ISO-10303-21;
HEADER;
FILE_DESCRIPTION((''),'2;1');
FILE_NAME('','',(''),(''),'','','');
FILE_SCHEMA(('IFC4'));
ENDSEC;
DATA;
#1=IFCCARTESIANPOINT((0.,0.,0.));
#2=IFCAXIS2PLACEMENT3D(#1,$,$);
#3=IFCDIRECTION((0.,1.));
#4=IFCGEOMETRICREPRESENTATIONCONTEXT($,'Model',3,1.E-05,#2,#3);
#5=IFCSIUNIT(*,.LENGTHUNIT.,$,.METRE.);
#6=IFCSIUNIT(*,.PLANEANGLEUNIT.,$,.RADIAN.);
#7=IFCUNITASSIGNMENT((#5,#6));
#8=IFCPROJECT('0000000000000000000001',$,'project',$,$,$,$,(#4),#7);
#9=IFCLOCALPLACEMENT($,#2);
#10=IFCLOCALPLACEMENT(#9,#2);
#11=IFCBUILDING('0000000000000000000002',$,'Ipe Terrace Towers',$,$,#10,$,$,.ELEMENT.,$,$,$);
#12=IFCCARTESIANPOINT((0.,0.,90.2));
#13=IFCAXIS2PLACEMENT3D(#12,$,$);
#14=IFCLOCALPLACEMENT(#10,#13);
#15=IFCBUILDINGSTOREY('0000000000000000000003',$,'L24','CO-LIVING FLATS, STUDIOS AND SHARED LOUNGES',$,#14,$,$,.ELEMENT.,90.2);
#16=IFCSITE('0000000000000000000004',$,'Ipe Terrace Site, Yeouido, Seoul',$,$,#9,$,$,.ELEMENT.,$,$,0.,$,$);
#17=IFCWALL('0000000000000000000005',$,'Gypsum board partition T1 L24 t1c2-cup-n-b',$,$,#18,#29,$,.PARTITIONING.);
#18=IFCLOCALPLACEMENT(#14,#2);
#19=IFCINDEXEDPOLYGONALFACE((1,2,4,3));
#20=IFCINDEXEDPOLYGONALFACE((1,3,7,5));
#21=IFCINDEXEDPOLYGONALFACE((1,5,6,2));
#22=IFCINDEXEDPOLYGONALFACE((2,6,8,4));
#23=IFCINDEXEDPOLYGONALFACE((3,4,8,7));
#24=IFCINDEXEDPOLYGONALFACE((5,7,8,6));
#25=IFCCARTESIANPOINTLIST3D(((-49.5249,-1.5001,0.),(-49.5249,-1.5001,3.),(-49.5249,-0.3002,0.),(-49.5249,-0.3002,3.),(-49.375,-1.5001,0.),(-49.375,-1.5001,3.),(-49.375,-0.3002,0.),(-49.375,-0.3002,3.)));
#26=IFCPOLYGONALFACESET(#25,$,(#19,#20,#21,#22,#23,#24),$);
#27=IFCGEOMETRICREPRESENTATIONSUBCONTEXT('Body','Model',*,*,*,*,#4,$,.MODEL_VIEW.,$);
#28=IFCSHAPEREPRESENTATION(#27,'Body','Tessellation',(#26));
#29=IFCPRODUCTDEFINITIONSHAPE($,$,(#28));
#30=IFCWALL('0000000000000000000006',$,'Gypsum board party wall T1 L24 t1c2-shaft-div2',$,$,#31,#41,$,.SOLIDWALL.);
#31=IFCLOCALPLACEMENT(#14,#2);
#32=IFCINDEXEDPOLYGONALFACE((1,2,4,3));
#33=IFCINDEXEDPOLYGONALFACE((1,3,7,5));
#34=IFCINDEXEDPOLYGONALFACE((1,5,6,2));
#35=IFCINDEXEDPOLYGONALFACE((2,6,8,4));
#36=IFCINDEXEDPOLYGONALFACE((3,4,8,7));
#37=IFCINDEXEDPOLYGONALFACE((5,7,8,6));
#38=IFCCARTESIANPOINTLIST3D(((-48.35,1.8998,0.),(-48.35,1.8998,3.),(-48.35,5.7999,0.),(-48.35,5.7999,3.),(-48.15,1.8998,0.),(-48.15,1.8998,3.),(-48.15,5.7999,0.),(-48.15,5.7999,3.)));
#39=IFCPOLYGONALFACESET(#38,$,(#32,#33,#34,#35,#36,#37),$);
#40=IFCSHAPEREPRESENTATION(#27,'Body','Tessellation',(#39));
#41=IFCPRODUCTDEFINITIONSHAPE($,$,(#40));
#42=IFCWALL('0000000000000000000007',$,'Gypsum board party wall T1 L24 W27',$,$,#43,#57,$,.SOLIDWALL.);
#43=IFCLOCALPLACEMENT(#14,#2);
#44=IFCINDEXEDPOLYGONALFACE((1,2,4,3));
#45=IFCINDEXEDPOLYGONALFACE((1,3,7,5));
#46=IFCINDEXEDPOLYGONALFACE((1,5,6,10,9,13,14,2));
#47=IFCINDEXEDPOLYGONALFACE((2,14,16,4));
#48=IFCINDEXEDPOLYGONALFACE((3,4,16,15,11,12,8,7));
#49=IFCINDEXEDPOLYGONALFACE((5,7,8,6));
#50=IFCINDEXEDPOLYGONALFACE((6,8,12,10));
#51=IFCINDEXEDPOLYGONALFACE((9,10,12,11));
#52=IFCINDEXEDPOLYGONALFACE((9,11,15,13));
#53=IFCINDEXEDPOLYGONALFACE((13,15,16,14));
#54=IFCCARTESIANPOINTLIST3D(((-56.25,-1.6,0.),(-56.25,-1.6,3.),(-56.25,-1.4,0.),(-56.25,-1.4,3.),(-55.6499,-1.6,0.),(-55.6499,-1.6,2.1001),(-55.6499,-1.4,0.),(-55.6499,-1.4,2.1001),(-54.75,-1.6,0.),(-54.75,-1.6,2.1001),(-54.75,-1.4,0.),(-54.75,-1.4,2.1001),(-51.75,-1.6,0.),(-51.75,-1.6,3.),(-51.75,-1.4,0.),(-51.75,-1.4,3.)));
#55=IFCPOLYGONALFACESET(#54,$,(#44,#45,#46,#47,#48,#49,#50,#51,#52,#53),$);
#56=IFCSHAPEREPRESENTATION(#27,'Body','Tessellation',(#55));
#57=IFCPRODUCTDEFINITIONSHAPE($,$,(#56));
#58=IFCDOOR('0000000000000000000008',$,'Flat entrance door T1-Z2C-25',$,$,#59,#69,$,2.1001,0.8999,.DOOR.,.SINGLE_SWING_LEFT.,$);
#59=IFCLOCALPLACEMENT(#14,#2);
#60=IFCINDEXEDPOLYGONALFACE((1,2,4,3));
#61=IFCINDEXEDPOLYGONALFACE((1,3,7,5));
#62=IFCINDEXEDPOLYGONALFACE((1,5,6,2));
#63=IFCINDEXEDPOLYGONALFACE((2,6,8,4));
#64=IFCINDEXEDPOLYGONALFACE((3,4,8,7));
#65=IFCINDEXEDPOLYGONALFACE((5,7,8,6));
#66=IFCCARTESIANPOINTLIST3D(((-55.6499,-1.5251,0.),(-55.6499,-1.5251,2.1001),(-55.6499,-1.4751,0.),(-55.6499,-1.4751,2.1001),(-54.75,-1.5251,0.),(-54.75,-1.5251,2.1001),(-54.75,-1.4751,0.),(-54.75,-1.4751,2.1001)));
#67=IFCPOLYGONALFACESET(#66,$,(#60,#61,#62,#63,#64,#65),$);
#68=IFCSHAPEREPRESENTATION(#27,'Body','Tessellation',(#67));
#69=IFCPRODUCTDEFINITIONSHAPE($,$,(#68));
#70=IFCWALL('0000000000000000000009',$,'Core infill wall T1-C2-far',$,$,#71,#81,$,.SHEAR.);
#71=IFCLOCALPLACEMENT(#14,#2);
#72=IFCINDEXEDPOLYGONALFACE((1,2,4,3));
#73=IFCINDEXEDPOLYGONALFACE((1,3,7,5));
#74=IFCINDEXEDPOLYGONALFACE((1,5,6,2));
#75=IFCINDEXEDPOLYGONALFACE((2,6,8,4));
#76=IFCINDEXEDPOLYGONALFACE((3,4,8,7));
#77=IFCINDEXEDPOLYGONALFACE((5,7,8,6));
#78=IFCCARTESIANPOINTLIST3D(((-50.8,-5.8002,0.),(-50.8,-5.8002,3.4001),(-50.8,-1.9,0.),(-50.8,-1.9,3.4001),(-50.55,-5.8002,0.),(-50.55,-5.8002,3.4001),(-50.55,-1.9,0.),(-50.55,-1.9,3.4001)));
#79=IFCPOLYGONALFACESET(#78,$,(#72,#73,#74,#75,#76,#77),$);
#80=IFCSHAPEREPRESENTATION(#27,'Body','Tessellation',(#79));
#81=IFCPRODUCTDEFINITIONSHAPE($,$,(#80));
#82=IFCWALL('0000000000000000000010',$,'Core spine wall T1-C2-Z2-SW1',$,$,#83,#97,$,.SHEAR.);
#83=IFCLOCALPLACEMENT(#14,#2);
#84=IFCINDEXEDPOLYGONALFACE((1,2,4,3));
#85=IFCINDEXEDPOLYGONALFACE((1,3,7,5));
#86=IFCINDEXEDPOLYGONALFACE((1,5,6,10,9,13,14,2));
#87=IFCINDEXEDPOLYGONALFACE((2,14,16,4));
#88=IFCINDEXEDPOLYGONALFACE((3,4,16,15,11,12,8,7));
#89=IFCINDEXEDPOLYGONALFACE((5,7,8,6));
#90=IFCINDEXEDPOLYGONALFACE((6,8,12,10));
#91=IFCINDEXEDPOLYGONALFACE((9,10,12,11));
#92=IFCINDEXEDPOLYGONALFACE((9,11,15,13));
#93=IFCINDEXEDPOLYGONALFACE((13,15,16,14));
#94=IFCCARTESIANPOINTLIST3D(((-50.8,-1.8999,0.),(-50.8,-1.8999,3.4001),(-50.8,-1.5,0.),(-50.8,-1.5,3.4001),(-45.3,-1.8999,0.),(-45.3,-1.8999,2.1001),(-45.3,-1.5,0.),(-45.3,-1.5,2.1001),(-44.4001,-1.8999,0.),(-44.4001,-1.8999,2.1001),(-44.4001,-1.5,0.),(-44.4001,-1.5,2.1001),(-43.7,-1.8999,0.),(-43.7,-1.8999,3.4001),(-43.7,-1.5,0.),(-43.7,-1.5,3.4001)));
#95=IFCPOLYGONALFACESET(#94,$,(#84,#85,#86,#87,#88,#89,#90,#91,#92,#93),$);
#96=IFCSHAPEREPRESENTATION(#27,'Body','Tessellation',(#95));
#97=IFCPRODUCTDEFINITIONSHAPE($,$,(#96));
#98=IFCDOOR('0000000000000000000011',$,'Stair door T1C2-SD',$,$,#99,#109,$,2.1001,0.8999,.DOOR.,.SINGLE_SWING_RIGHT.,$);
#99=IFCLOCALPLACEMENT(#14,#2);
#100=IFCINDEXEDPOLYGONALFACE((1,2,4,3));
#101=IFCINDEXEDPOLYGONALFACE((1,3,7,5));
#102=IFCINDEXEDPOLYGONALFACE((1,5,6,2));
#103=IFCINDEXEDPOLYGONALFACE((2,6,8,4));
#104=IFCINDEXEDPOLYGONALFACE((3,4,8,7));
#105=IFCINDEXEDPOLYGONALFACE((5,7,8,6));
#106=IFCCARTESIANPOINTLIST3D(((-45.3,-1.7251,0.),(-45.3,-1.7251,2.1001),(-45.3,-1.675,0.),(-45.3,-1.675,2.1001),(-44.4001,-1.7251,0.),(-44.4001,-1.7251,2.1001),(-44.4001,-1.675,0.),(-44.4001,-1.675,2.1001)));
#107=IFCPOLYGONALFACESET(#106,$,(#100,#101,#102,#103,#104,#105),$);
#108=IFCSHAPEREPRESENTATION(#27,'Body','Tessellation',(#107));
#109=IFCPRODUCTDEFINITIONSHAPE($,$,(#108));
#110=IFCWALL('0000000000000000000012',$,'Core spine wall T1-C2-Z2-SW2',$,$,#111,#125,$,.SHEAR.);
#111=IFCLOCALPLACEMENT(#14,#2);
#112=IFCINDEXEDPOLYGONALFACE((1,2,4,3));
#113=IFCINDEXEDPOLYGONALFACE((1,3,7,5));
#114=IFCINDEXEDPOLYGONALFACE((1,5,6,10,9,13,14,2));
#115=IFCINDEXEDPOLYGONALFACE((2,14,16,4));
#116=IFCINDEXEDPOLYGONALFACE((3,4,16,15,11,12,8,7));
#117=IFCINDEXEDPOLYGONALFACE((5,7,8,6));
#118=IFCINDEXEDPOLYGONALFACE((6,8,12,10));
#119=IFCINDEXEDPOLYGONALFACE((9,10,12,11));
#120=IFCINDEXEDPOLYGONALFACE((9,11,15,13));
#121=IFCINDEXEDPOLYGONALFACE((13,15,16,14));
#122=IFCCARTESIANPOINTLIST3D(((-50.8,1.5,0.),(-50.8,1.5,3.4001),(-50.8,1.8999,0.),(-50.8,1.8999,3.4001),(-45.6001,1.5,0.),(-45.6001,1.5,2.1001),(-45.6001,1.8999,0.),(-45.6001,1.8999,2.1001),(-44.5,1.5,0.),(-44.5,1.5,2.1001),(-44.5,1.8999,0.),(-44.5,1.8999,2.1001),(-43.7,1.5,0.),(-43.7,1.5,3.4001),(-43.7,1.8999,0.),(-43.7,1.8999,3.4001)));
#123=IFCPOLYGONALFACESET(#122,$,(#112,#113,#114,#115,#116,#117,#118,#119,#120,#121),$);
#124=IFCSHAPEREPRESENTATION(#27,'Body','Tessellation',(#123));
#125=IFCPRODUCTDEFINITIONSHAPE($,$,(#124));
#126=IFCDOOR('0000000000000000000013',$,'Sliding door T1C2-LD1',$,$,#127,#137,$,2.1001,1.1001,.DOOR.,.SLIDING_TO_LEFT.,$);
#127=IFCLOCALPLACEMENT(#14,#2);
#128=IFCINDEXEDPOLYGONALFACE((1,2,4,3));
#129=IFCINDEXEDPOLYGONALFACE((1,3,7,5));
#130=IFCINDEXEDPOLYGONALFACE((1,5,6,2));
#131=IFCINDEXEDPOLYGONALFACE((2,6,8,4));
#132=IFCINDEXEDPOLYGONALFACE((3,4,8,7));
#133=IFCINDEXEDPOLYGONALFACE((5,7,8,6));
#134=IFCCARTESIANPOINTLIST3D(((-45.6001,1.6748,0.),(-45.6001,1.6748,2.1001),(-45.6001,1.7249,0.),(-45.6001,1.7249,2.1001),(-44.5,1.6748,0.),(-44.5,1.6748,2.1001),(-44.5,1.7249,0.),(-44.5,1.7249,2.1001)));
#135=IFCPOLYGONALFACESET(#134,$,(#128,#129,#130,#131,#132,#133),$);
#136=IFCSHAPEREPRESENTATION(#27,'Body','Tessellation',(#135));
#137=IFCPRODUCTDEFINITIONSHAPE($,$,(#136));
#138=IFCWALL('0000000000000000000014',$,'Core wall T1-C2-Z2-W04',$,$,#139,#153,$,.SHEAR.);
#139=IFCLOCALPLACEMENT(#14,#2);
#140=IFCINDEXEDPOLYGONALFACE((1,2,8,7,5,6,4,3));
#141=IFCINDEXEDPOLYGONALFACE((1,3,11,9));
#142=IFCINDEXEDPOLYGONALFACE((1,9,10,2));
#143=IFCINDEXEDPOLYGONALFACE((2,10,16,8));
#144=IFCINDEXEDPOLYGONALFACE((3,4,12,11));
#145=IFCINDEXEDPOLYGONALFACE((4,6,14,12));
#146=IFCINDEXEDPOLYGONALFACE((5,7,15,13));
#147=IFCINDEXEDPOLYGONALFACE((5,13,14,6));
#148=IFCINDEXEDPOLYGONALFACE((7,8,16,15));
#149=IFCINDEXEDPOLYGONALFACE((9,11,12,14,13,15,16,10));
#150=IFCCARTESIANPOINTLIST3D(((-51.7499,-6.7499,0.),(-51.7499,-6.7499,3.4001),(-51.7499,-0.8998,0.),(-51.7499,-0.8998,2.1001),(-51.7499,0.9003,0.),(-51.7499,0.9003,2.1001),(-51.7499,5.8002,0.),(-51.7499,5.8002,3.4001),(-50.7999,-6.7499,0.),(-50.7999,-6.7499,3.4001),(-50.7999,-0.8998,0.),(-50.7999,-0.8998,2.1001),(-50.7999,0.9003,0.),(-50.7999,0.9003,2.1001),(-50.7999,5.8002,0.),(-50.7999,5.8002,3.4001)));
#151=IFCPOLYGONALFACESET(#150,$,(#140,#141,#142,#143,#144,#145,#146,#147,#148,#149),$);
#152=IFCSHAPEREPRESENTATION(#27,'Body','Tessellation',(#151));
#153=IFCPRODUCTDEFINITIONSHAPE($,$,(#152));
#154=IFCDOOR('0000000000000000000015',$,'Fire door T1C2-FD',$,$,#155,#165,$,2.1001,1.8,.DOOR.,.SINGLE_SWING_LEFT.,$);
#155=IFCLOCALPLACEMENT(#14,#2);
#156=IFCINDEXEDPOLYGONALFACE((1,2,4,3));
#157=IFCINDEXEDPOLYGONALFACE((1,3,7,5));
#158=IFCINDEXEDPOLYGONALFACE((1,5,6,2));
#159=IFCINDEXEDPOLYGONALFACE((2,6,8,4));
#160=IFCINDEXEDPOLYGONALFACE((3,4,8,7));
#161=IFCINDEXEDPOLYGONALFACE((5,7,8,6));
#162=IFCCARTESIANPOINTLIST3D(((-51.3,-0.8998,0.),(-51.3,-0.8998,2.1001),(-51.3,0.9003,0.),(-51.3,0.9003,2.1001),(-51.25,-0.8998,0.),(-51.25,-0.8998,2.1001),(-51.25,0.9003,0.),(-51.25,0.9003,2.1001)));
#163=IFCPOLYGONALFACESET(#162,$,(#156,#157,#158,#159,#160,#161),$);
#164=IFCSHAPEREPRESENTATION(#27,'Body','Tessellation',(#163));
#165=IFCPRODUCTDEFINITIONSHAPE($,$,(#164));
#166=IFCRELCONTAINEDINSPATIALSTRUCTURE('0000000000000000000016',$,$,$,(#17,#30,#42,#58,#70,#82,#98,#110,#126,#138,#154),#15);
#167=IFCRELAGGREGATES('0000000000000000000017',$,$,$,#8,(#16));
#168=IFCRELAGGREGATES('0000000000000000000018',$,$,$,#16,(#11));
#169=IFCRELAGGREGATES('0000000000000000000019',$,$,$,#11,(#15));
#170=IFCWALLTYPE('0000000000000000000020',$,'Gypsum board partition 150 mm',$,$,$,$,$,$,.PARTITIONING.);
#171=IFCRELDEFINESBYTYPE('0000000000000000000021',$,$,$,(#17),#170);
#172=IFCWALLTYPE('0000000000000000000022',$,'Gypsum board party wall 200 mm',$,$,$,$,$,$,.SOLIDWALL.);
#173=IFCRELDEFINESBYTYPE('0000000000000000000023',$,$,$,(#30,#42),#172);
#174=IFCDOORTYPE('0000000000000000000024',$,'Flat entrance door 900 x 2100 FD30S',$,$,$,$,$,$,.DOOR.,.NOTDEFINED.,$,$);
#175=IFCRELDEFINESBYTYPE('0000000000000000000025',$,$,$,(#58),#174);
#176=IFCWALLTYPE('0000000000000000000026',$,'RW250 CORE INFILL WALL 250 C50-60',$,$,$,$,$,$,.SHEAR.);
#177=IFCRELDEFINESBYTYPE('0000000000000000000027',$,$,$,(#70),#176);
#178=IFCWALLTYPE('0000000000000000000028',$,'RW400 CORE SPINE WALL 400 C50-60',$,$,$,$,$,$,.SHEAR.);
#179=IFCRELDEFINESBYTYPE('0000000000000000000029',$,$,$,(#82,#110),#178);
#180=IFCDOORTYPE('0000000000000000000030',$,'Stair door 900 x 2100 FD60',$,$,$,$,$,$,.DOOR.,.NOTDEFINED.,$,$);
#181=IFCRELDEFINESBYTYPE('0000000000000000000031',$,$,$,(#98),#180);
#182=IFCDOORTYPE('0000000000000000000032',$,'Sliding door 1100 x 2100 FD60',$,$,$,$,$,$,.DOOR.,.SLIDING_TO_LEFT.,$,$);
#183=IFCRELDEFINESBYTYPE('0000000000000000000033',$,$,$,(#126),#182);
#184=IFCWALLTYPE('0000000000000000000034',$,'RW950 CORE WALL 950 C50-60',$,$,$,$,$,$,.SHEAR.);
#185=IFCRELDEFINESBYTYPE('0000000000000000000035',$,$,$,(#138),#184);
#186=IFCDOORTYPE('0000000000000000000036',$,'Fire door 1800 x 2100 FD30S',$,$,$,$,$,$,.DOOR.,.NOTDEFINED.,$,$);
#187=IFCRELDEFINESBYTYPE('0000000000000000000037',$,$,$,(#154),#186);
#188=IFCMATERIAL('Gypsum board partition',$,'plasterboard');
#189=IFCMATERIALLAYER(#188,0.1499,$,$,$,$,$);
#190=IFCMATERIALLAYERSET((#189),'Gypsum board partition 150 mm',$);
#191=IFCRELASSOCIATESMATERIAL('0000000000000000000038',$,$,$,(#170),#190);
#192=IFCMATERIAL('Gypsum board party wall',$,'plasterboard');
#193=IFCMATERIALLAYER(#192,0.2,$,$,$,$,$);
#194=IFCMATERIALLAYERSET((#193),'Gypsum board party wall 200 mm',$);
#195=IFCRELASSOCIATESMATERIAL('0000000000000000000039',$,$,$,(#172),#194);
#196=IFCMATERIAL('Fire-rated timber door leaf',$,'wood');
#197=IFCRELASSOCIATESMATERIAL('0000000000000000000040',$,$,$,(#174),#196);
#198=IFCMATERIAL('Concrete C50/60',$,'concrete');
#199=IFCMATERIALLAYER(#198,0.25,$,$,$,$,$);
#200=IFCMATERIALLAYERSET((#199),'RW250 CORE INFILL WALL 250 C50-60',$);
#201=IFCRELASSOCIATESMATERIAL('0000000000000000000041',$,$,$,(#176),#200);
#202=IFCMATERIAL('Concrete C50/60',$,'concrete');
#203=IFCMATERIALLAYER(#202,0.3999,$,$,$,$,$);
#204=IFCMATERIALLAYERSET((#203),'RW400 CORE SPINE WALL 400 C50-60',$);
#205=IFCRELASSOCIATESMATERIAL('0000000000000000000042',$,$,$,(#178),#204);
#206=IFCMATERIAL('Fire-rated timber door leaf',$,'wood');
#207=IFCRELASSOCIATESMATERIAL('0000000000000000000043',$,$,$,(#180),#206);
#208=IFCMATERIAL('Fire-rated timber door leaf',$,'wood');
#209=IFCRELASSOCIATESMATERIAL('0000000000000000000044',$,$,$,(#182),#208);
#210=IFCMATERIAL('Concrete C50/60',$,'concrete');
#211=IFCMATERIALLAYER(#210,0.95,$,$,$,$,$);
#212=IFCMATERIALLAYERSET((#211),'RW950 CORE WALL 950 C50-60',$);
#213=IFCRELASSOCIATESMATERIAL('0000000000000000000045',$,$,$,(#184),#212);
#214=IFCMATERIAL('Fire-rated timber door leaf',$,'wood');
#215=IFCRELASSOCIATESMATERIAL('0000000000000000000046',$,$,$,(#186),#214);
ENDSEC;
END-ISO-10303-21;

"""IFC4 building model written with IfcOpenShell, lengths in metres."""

from ifc_helpers import new_model, si_unit, direction, frame, frame_2d, origin, place, context, subcontext, project, spatial, rectangle, extrude, material, layer, layer_set, type_object, element, fill, save


model = new_model("IFC4")

# Units and contexts
model_context = context("Model", 3, precision=1e-05, world=origin(), true_north=direction((0.0, 1.0)))
body_context = subcontext(model_context, "Body", "Model", "MODEL_VIEW")
ifc_project = project(units=[si_unit("LENGTHUNIT", "METRE"), si_unit("PLANEANGLEUNIT", "RADIAN")], contexts=[model_context])

# Site, building, storey
site_placement = place(None, origin())
site = spatial("IfcSite", under=ifc_project, at=site_placement, Name="Ipe Terrace Site, Yeouido, Seoul", CompositionType="ELEMENT", RefElevation=0.0)
building_placement = place(site_placement, origin())
building = spatial("IfcBuilding", under=site, at=building_placement, Name="Ipe Terrace Towers", CompositionType="ELEMENT")
storey_placement = place(building_placement, frame((0.0, 0.0, 90.2)))
storey = spatial("IfcBuildingStorey", under=building, at=storey_placement, Name="L24", Description="CO-LIVING FLATS, STUDIOS AND SHARED LOUNGES", CompositionType="ELEMENT", Elevation=90.2)

# Walls
ifc_material_1 = material(Name="Gypsum board partition", Category="plasterboard")
ifc_layer_1 = layer(ifc_material_1, 0.1499)
ifc_layer_set_1 = layer_set([ifc_layer_1], Name="Gypsum board partition 150 mm")
wall_type_1 = type_object("IfcWallType", Name="Gypsum board partition 150 mm", PredefinedType="PARTITIONING", material=ifc_layer_set_1)
wall_1_placement = place(storey_placement, frame((-49.45, -0.3, 0.0), z_axis=(0.0, 0.0, 1.0), x_axis=(0.0, -1.0, 0.0)))
element("IfcWall", 1, at=wall_1_placement, inside=storey, type_object=wall_type_1, Name="Gypsum board partition T1 L24 t1c2-cup-n-b", PredefinedType="PARTITIONING", context=body_context, shape_type="SweptSolid", body=[
    extrude(rectangle(XDim=1.2, YDim=0.1499, at=frame_2d((0.6001, 0.0))), origin(), (0.0, 0.0, 1.0), 3.0),
])
ifc_material_2 = material(Name="Gypsum board party wall", Category="plasterboard")
ifc_layer_2 = layer(ifc_material_2, 0.2)
ifc_layer_set_2 = layer_set([ifc_layer_2], Name="Gypsum board party wall 200 mm")
wall_type_2 = type_object("IfcWallType", Name="Gypsum board party wall 200 mm", PredefinedType="SOLIDWALL", material=ifc_layer_set_2)
wall_2_placement = place(storey_placement, frame((-48.25, 5.8, 0.0), z_axis=(0.0, 0.0, 1.0), x_axis=(0.0, -1.0, 0.0)))
element("IfcWall", 2, at=wall_2_placement, inside=storey, type_object=wall_type_2, Name="Gypsum board party wall T1 L24 t1c2-shaft-div2", PredefinedType="SOLIDWALL", context=body_context, shape_type="SweptSolid", body=[
    extrude(rectangle(XDim=3.9001, YDim=0.2, at=frame_2d((1.9502, 0.0))), origin(), (0.0, 0.0, 1.0), 3.0),
])

# Wall, opening, door
wall_3_placement = place(storey_placement, frame((-56.25, -1.5, 0.0), z_axis=(0.0, 0.0, 1.0), x_axis=(1.0, 0.0, 0.0)))
wall_3 = element("IfcWall", 3, at=wall_3_placement, inside=storey, type_object=wall_type_2, Name="Gypsum board party wall T1 L24 W27", PredefinedType="SOLIDWALL", context=body_context, shape_type="SweptSolid", body=[
    extrude(rectangle(XDim=4.5, YDim=0.2, at=frame_2d((2.25, 0.0))), origin(), (0.0, 0.0, 1.0), 3.0),
])
opening_1_placement = place(wall_3_placement, frame((0.6001, 0.0, 0.0)))
opening_1 = element("IfcOpeningElement", 4, at=opening_1_placement, cuts=wall_3, PredefinedType="OPENING", context=body_context, shape_type="SweptSolid", body=[
    extrude(rectangle(XDim=0.8999, YDim=2.1001, at=frame_2d((0.45, 1.05))), frame((0.0, 0.1099, 0.0), z_axis=(0.0, -1.0, 0.0), x_axis=(1.0, 0.0, 0.0)), (0.0, 0.0, 1.0), 0.22),
])
ifc_material_3 = material(Name="Fire-rated timber door leaf", Category="wood")
door_type_1 = type_object("IfcDoorType", Name="Flat entrance door 900 x 2100 FD30S", OperationType="NOTDEFINED", PredefinedType="DOOR", material=ifc_material_3)
door_1_placement = place(opening_1_placement, origin())
door_1 = element("IfcDoor", 5, at=door_1_placement, inside=storey, type_object=door_type_1, Name="Flat entrance door T1-Z2C-25", OperationType="SINGLE_SWING_LEFT", OverallHeight=2.1001, OverallWidth=0.8999, PredefinedType="DOOR", context=body_context, shape_type="SweptSolid", body=[
    extrude(rectangle(XDim=0.8999, YDim=2.1001, at=frame_2d((0.45, 1.05))), frame((0.0, 0.0249, 0.0), z_axis=(0.0, -1.0, 0.0), x_axis=(1.0, 0.0, 0.0)), (0.0, 0.0, 1.0), 0.05),
])
fill(opening_1, door_1)

# Wall
ifc_material_4 = material(Name="Concrete C50/60", Category="concrete")
ifc_layer_3 = layer(ifc_material_4, 0.25)
ifc_layer_set_3 = layer_set([ifc_layer_3], Name="RW250 CORE INFILL WALL 250 C50-60")
wall_type_3 = type_object("IfcWallType", Name="RW250 CORE INFILL WALL 250 C50-60", PredefinedType="SHEAR", material=ifc_layer_set_3)
wall_4_placement = place(storey_placement, frame((-50.675, -1.8999, 0.0), z_axis=(0.0, 0.0, 1.0), x_axis=(0.0, -1.0, 0.0)))
element("IfcWall", 6, at=wall_4_placement, inside=storey, type_object=wall_type_3, Name="Core infill wall T1-C2-far", PredefinedType="SHEAR", context=body_context, shape_type="SweptSolid", body=[
    extrude(rectangle(XDim=3.9001, YDim=0.25, at=frame_2d((1.9502, 0.0))), origin(), (0.0, 0.0, 1.0), 3.4001),
])

# Walls, openings, doors
ifc_material_5 = material(Name="Concrete C50/60", Category="concrete")
ifc_layer_4 = layer(ifc_material_5, 0.3999)
ifc_layer_set_4 = layer_set([ifc_layer_4], Name="RW400 CORE SPINE WALL 400 C50-60")
wall_type_4 = type_object("IfcWallType", Name="RW400 CORE SPINE WALL 400 C50-60", PredefinedType="SHEAR", material=ifc_layer_set_4)
wall_5_placement = place(storey_placement, frame((-50.8, -1.7, 0.0), z_axis=(0.0, 0.0, 1.0), x_axis=(1.0, 0.0, 0.0)))
wall_5 = element("IfcWall", 7, at=wall_5_placement, inside=storey, type_object=wall_type_4, Name="Core spine wall T1-C2-Z2-SW1", PredefinedType="SHEAR", context=body_context, shape_type="SweptSolid", body=[
    extrude(rectangle(XDim=7.1001, YDim=0.3999, at=frame_2d((3.55, 0.0))), origin(), (0.0, 0.0, 1.0), 3.4001),
])
opening_2_placement = place(wall_5_placement, frame((5.5, 0.0, 0.0)))
opening_2 = element("IfcOpeningElement", 8, at=opening_2_placement, cuts=wall_5, PredefinedType="OPENING", context=body_context, shape_type="SweptSolid", body=[
    extrude(rectangle(XDim=0.8999, YDim=2.1001, at=frame_2d((0.45, 1.05))), frame((0.0, 0.21, 0.0), z_axis=(0.0, -1.0, 0.0), x_axis=(1.0, 0.0, 0.0)), (0.0, 0.0, 1.0), 0.4199),
])
ifc_material_6 = material(Name="Fire-rated timber door leaf", Category="wood")
door_type_2 = type_object("IfcDoorType", Name="Stair door 900 x 2100 FD60", OperationType="NOTDEFINED", PredefinedType="DOOR", material=ifc_material_6)
door_2_placement = place(opening_2_placement, origin())
door_2 = element("IfcDoor", 9, at=door_2_placement, inside=storey, type_object=door_type_2, Name="Stair door T1C2-SD", OperationType="SINGLE_SWING_RIGHT", OverallHeight=2.1001, OverallWidth=0.8999, PredefinedType="DOOR", context=body_context, shape_type="SweptSolid", body=[
    extrude(rectangle(XDim=0.8999, YDim=2.1001, at=frame_2d((0.45, 1.05))), frame((0.0, 0.0249, 0.0), z_axis=(0.0, -1.0, 0.0), x_axis=(1.0, 0.0, 0.0)), (0.0, 0.0, 1.0), 0.05),
])
fill(opening_2, door_2)
wall_6_placement = place(storey_placement, frame((-50.8, 1.7, 0.0), z_axis=(0.0, 0.0, 1.0), x_axis=(1.0, 0.0, 0.0)))
wall_6 = element("IfcWall", 10, at=wall_6_placement, inside=storey, type_object=wall_type_4, Name="Core spine wall T1-C2-Z2-SW2", PredefinedType="SHEAR", context=body_context, shape_type="SweptSolid", body=[
    extrude(rectangle(XDim=7.1001, YDim=0.3999, at=frame_2d((3.55, 0.0))), origin(), (0.0, 0.0, 1.0), 3.4001),
])
opening_3_placement = place(wall_6_placement, frame((5.2, 0.0, 0.0)))
opening_3 = element("IfcOpeningElement", 11, at=opening_3_placement, cuts=wall_6, PredefinedType="OPENING", context=body_context, shape_type="SweptSolid", body=[
    extrude(rectangle(XDim=1.1001, YDim=2.1001, at=frame_2d((0.55, 1.05))), frame((0.0, 0.21, 0.0), z_axis=(0.0, -1.0, 0.0), x_axis=(1.0, 0.0, 0.0)), (0.0, 0.0, 1.0), 0.4199),
])
ifc_material_7 = material(Name="Fire-rated timber door leaf", Category="wood")
door_type_3 = type_object("IfcDoorType", Name="Sliding door 1100 x 2100 FD60", OperationType="SLIDING_TO_LEFT", PredefinedType="DOOR", material=ifc_material_7)
door_3_placement = place(opening_3_placement, origin())
door_3 = element("IfcDoor", 12, at=door_3_placement, inside=storey, type_object=door_type_3, Name="Sliding door T1C2-LD1", OperationType="SLIDING_TO_LEFT", OverallHeight=2.1001, OverallWidth=1.1001, PredefinedType="DOOR", context=body_context, shape_type="SweptSolid", body=[
    extrude(rectangle(XDim=1.1001, YDim=2.1001, at=frame_2d((0.55, 1.05))), frame((0.0, 0.0249, 0.0), z_axis=(0.0, -1.0, 0.0), x_axis=(1.0, 0.0, 0.0)), (0.0, 0.0, 1.0), 0.05),
])
fill(opening_3, door_3)
ifc_material_8 = material(Name="Concrete C50/60", Category="concrete")
ifc_layer_5 = layer(ifc_material_8, 0.95)
ifc_layer_set_5 = layer_set([ifc_layer_5], Name="RW950 CORE WALL 950 C50-60")
wall_type_5 = type_object("IfcWallType", Name="RW950 CORE WALL 950 C50-60", PredefinedType="SHEAR", material=ifc_layer_set_5)
wall_7_placement = place(storey_placement, frame((-51.2749, 5.8, 0.0), z_axis=(0.0, 0.0, 1.0), x_axis=(0.0, -1.0, 0.0)))
wall_7 = element("IfcWall", 13, at=wall_7_placement, inside=storey, type_object=wall_type_5, Name="Core wall T1-C2-Z2-W04", PredefinedType="SHEAR", context=body_context, shape_type="SweptSolid", body=[
    extrude(rectangle(XDim=12.55, YDim=0.95, at=frame_2d((6.2749, 0.0))), origin(), (0.0, 0.0, 1.0), 3.4001),
])
opening_4_placement = place(wall_7_placement, frame((4.8999, 0.0, 0.0)))
opening_4 = element("IfcOpeningElement", 14, at=opening_4_placement, cuts=wall_7, PredefinedType="OPENING", context=body_context, shape_type="SweptSolid", body=[
    extrude(rectangle(XDim=1.8, YDim=2.1001, at=frame_2d((0.8999, 1.05))), frame((0.0, 0.4849, 0.0), z_axis=(0.0, -1.0, 0.0), x_axis=(1.0, 0.0, 0.0)), (0.0, 0.0, 1.0), 0.97),
])
ifc_material_9 = material(Name="Fire-rated timber door leaf", Category="wood")
door_type_4 = type_object("IfcDoorType", Name="Fire door 1800 x 2100 FD30S", OperationType="NOTDEFINED", PredefinedType="DOOR", material=ifc_material_9)
door_4_placement = place(opening_4_placement, origin())
door_4 = element("IfcDoor", 15, at=door_4_placement, inside=storey, type_object=door_type_4, Name="Fire door T1C2-FD", OperationType="SINGLE_SWING_LEFT", OverallHeight=2.1001, OverallWidth=1.8, PredefinedType="DOOR", context=body_context, shape_type="SweptSolid", body=[
    extrude(rectangle(XDim=1.8, YDim=2.1001, at=frame_2d((0.8999, 1.05))), frame((0.0, 0.0249, 0.0), z_axis=(0.0, -1.0, 0.0), x_axis=(1.0, 0.0, 0.0)), (0.0, 0.0, 1.0), 0.05),
])
fill(opening_4, door_4)

save(model, "model.ifc")
